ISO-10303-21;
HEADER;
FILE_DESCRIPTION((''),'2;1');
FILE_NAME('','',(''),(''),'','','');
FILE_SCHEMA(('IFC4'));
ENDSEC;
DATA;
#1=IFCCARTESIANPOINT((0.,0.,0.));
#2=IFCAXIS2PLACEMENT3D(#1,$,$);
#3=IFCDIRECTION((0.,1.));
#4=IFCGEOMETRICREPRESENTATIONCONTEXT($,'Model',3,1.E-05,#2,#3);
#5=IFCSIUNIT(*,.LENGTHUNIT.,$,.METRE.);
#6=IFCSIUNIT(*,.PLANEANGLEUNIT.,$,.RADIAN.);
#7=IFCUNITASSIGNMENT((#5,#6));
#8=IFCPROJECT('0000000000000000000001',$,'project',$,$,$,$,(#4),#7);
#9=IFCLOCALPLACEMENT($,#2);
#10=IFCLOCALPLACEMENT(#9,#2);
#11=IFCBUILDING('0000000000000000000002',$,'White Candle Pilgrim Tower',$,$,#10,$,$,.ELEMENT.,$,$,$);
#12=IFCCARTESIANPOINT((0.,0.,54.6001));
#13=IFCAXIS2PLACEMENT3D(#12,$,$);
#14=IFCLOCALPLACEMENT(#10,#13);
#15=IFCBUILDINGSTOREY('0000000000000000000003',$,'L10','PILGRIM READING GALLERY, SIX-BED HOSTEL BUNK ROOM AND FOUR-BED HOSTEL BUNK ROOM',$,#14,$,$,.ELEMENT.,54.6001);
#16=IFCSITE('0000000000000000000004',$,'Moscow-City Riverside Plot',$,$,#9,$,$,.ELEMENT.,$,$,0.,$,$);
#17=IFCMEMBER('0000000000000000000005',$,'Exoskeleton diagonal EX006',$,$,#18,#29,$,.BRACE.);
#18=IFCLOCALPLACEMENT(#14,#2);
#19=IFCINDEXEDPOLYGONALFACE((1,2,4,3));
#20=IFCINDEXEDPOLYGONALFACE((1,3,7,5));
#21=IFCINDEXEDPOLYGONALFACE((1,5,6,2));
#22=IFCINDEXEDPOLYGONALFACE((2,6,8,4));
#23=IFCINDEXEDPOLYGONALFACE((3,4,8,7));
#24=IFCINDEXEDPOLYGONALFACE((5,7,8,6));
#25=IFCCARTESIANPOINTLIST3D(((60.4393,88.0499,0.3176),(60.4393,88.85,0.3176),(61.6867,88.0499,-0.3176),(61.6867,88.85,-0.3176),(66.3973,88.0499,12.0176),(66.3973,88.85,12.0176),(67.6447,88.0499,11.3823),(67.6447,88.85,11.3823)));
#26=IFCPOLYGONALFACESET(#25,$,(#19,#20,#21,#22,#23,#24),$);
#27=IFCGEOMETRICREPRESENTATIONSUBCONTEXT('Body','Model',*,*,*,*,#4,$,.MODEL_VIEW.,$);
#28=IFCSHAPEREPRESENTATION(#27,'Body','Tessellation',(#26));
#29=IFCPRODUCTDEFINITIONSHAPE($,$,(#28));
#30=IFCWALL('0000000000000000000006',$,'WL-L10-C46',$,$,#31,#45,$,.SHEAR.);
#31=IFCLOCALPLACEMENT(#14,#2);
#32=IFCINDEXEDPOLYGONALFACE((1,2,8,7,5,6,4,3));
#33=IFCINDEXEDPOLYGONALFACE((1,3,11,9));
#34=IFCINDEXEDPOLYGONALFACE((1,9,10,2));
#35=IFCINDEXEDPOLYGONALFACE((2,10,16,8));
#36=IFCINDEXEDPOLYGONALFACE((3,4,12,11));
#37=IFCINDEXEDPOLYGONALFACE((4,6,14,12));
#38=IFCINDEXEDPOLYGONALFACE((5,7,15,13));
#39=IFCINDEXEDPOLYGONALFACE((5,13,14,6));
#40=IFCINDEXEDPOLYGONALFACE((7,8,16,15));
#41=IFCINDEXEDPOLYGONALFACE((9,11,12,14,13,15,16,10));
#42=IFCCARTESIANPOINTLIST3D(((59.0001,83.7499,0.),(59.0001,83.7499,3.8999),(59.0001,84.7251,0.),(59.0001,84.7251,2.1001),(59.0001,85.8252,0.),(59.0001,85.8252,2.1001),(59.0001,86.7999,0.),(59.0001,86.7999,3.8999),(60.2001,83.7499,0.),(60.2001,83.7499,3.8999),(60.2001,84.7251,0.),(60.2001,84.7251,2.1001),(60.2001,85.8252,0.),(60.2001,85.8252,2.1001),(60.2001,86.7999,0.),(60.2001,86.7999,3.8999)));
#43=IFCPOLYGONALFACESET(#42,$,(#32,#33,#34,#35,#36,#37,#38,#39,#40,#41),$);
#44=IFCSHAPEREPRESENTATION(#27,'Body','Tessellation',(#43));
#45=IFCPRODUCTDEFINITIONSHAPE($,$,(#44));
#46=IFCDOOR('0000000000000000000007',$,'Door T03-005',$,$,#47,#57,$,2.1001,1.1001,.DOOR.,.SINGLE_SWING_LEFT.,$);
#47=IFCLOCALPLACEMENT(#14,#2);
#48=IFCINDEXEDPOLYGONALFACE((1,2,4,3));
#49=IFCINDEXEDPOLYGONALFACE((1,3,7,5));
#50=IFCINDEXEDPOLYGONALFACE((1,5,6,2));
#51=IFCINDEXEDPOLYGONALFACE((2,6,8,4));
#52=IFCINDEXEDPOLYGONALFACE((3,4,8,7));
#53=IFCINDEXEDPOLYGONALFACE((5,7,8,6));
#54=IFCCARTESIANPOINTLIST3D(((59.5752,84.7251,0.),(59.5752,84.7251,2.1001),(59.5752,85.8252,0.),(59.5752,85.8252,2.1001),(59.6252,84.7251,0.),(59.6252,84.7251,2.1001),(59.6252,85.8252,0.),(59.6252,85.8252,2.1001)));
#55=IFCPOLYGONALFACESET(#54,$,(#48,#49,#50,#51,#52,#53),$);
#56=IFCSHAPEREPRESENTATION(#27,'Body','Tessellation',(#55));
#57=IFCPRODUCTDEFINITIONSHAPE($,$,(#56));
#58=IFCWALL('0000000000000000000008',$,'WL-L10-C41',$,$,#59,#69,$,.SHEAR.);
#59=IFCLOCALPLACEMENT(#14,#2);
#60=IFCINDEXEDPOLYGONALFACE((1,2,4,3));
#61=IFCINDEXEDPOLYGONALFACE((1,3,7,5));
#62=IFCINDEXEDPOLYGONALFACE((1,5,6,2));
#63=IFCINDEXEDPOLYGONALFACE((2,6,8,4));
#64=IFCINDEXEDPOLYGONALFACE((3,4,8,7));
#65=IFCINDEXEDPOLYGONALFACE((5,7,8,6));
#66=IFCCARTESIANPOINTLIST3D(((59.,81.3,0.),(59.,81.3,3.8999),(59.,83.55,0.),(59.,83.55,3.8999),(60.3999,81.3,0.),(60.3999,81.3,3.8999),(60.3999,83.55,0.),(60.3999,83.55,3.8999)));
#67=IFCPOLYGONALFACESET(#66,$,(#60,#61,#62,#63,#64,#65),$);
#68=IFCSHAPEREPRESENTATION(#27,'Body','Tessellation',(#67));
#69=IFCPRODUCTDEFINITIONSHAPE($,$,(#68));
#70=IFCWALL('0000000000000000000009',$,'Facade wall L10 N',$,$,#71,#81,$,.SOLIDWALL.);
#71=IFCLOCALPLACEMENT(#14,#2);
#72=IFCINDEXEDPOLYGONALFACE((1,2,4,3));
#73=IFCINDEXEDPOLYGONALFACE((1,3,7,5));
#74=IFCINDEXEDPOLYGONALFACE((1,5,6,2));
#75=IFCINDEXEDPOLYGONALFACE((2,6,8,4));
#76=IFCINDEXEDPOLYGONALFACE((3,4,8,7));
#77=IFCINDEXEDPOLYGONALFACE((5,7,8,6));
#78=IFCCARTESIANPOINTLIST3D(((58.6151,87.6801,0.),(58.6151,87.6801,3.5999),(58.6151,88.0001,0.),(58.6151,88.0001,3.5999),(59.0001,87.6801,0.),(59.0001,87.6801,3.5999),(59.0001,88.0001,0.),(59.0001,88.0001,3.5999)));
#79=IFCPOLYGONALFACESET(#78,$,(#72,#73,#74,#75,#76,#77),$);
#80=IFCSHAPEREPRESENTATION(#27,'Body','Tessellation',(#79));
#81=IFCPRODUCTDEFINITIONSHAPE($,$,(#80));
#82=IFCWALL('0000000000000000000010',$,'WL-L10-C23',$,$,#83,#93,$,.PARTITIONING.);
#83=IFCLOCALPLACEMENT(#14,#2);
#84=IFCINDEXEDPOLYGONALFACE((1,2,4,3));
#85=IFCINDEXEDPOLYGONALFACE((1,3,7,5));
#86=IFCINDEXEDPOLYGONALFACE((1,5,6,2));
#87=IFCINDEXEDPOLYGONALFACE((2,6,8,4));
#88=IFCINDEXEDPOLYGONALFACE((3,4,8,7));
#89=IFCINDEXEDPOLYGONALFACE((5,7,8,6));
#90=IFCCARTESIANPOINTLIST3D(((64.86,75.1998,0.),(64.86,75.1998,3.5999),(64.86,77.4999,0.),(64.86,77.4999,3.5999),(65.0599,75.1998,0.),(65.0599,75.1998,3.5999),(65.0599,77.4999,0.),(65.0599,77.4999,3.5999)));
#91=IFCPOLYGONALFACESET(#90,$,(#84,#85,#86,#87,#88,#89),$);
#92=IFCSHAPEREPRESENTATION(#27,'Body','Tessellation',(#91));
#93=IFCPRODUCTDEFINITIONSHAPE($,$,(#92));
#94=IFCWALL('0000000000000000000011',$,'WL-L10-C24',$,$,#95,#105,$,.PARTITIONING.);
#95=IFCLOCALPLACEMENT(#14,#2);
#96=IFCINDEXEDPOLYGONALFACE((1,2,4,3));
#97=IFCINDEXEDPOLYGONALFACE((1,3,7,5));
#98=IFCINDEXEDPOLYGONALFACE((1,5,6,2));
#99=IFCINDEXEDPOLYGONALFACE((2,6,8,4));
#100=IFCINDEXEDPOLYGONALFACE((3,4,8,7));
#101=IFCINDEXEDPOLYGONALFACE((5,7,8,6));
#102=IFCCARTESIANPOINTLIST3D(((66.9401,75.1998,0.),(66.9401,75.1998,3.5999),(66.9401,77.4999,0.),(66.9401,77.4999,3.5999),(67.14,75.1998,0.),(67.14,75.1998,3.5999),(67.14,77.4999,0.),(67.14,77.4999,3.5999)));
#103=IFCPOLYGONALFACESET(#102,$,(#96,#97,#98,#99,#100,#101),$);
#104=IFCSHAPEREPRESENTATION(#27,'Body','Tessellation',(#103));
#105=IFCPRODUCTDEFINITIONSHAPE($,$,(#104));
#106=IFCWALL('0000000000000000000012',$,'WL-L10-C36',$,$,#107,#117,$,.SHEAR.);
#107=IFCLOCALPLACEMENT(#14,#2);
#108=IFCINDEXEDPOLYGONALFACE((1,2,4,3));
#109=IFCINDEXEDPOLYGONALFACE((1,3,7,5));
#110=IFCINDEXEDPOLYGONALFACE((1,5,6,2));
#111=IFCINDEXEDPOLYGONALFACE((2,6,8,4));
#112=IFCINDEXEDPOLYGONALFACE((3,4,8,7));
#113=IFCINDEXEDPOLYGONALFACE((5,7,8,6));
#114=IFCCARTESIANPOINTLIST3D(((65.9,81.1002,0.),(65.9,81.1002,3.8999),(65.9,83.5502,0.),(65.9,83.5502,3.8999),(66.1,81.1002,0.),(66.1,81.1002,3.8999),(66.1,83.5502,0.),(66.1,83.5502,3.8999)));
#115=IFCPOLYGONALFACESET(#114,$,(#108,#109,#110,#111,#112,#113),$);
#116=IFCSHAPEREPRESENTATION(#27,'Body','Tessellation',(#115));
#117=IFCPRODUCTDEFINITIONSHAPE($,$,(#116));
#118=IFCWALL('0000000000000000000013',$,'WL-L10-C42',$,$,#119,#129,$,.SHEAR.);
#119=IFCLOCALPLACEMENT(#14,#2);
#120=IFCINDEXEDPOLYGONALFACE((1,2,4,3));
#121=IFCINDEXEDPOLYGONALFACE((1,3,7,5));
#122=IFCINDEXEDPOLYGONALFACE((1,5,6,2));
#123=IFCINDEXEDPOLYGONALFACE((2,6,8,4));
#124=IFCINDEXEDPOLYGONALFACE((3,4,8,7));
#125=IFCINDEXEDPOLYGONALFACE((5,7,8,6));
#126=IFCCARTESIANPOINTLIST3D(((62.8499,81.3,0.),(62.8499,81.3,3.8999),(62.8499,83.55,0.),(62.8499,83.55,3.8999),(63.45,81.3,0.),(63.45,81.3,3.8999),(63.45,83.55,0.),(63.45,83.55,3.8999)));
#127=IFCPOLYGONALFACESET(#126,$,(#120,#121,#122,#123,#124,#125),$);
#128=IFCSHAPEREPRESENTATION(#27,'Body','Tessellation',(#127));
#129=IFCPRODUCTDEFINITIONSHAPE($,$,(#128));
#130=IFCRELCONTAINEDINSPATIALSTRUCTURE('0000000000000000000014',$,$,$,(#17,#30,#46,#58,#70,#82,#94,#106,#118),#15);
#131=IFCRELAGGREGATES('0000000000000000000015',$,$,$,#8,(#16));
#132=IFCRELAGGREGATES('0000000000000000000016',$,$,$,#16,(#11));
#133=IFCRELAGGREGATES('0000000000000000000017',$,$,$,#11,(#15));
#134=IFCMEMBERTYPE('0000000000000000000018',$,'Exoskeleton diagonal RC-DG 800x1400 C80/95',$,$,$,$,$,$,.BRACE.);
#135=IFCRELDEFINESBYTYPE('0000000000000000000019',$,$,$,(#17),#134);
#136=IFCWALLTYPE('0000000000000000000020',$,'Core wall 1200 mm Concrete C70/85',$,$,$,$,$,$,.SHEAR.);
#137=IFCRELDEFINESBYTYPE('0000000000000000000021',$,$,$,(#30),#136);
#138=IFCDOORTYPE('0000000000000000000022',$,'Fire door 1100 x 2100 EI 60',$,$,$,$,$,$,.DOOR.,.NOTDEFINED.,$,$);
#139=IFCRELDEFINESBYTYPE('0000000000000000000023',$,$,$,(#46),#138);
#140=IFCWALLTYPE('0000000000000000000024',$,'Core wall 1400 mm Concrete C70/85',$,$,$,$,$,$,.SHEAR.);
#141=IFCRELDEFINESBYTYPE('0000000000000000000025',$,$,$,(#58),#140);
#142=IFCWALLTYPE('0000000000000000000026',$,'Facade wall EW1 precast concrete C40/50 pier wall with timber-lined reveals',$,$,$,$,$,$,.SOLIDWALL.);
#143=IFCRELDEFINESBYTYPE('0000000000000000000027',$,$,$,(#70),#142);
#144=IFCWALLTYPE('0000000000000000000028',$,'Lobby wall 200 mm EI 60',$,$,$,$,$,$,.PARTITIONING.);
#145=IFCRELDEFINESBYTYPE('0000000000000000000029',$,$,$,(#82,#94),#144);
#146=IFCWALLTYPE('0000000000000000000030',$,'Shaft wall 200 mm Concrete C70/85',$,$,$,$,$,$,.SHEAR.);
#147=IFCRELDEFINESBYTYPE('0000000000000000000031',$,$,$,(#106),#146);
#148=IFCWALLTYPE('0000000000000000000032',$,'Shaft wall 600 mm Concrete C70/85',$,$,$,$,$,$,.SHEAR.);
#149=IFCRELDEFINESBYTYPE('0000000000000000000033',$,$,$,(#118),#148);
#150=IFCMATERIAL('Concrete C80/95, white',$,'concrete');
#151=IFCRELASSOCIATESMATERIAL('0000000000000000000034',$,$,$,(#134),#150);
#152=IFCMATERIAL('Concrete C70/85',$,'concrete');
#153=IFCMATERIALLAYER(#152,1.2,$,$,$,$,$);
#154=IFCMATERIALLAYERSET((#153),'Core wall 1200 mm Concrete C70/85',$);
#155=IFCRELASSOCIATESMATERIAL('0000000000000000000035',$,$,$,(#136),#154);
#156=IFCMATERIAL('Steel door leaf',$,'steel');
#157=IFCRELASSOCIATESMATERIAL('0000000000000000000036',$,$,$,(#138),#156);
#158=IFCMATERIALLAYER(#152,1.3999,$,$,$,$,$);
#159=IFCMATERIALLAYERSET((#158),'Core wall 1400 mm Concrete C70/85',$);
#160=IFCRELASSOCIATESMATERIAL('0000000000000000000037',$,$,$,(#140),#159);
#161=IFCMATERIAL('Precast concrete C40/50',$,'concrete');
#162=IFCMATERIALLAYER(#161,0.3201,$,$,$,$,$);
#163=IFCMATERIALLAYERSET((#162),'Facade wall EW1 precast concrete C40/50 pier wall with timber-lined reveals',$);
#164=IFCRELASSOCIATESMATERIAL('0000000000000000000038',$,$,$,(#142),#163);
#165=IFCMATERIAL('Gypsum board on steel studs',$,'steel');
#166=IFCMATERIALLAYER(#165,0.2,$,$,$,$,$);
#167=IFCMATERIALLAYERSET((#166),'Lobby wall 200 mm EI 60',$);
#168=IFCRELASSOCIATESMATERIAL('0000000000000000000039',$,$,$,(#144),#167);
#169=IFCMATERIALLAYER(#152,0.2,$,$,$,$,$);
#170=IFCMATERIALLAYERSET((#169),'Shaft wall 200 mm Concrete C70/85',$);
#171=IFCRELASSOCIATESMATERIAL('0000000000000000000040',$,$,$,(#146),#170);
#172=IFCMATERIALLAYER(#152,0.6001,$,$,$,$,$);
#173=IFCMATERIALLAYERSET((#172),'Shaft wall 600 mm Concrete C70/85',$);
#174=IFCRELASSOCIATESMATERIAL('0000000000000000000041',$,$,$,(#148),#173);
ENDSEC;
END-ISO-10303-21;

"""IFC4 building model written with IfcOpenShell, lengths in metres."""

from ifc_helpers import new_model, si_unit, direction, frame, frame_2d, origin, origin_2d, place, context, subcontext, project, spatial, rectangle, extrude, material, layer, layer_set, material_profile, profile_set, type_object, element, fill, save


model = new_model("IFC4")

# Units and contexts
model_context = context("Model", 3, precision=1e-05, world=origin(), true_north=direction((0.0, 1.0)))
body_context = subcontext(model_context, "Body", "Model", "MODEL_VIEW")
ifc_project = project(units=[si_unit("LENGTHUNIT", "METRE"), si_unit("PLANEANGLEUNIT", "RADIAN")], contexts=[model_context])

# Site, building, storey
site_placement = place(None, origin())
site = spatial("IfcSite", under=ifc_project, at=site_placement, Name="Moscow-City Riverside Plot", CompositionType="ELEMENT", RefElevation=0.0)
building_placement = place(site_placement, origin())
building = spatial("IfcBuilding", under=site, at=building_placement, Name="White Candle Pilgrim Tower", CompositionType="ELEMENT")
storey_placement = place(building_placement, frame((0.0, 0.0, 54.6001)))
storey = spatial("IfcBuildingStorey", under=building, at=storey_placement, Name="L10", Description="PILGRIM READING GALLERY, SIX-BED HOSTEL BUNK ROOM AND FOUR-BED HOSTEL BUNK ROOM", CompositionType="ELEMENT", Elevation=54.6001)

# Member
ifc_material_1 = material(Name="Concrete C80/95, white", Category="concrete")
ifc_material_profile = material_profile(ifc_material_1, rectangle(XDim=0.8, YDim=1.3999, at=origin_2d()), Name="RC-DG 800x1400")
ifc_profile_set = profile_set([ifc_material_profile], Name="Concrete C80/95, white")
member_type = type_object("IfcMemberType", Name="Exoskeleton diagonal RC-DG 800x1400 C80/95", PredefinedType="BRACE", material=ifc_profile_set)
member_placement = place(storey_placement, frame((61.063, 88.45, 0.0), z_axis=(0.453784, 0.0, 0.891112), x_axis=(0.0, 1.0, 0.0)))
element("IfcMember", 1, at=member_placement, inside=storey, type_object=member_type, Name="Exoskeleton diagonal EX006", PredefinedType="BRACE", context=body_context, shape_type="SweptSolid", body=[
    extrude(rectangle(XDim=0.8, YDim=1.3999, at=origin_2d()), origin(), (0.0, 0.0, 1.0), 13.1296),
])

# Wall, opening, door
ifc_material_2 = material(Name="Concrete C70/85", Category="concrete")
ifc_layer_1 = layer(ifc_material_2, 1.2)
ifc_layer_set_1 = layer_set([ifc_layer_1], Name="Core wall 1200 mm Concrete C70/85")
wall_type_1 = type_object("IfcWallType", Name="Core wall 1200 mm Concrete C70/85", PredefinedType="SHEAR", material=ifc_layer_set_1)
wall_1_placement = place(storey_placement, frame((59.6001, 83.75, 0.0), z_axis=(0.0, 0.0, 1.0), x_axis=(0.0, 1.0, 0.0)))
wall_1 = element("IfcWall", 2, at=wall_1_placement, inside=storey, type_object=wall_type_1, Name="WL-L10-C46", PredefinedType="SHEAR", context=body_context, shape_type="SweptSolid", body=[
    extrude(rectangle(XDim=3.05, YDim=1.2, at=frame_2d((1.5249, 0.0))), origin(), (0.0, 0.0, 1.0), 3.8999),
])
opening_1_placement = place(wall_1_placement, frame((0.9751, 0.0, 0.0)))
opening_1 = element("IfcOpeningElement", 3, at=opening_1_placement, cuts=wall_1, PredefinedType="OPENING", context=body_context, shape_type="SweptSolid", body=[
    extrude(rectangle(XDim=1.1001, YDim=2.1001, at=frame_2d((0.55, 1.05))), frame((0.0, 0.6099, 0.0), z_axis=(0.0, -1.0, 0.0), x_axis=(1.0, 0.0, 0.0)), (0.0, 0.0, 1.0), 1.22),
])
ifc_material_3 = material(Name="Steel door leaf", Category="steel")
door_type_1 = type_object("IfcDoorType", Name="Fire door 1100 x 2100 EI 60", OperationType="NOTDEFINED", PredefinedType="DOOR", material=ifc_material_3)
door_1_placement = place(opening_1_placement, origin())
door_1 = element("IfcDoor", 4, at=door_1_placement, inside=storey, type_object=door_type_1, Name="Door T03-005", OperationType="SINGLE_SWING_LEFT", OverallHeight=2.1001, OverallWidth=1.1001, PredefinedType="DOOR", context=body_context, shape_type="SweptSolid", body=[
    extrude(rectangle(XDim=1.1001, YDim=2.1001, at=frame_2d((0.55, 1.05))), frame((0.0, 0.0249, 0.0), z_axis=(0.0, -1.0, 0.0), x_axis=(1.0, 0.0, 0.0)), (0.0, 0.0, 1.0), 0.05),
])
fill(opening_1, door_1)

# Walls
ifc_layer_2 = layer(ifc_material_2, 1.3999)
ifc_layer_set_2 = layer_set([ifc_layer_2], Name="Core wall 1400 mm Concrete C70/85")
wall_type_2 = type_object("IfcWallType", Name="Core wall 1400 mm Concrete C70/85", PredefinedType="SHEAR", material=ifc_layer_set_2)
wall_2_placement = place(storey_placement, frame((59.7, 81.3, 0.0), z_axis=(0.0, 0.0, 1.0), x_axis=(0.0, 1.0, 0.0)))
element("IfcWall", 5, at=wall_2_placement, inside=storey, type_object=wall_type_2, Name="WL-L10-C41", PredefinedType="SHEAR", context=body_context, shape_type="SweptSolid", body=[
    extrude(rectangle(XDim=2.25, YDim=1.3999, at=frame_2d((1.125, 0.0))), origin(), (0.0, 0.0, 1.0), 3.8999),
])
ifc_material_4 = material(Name="Precast concrete C40/50", Category="concrete")
ifc_layer_3 = layer(ifc_material_4, 0.3201)
ifc_layer_set_3 = layer_set([ifc_layer_3], Name="Facade wall EW1 precast concrete C40/50 pier wall with timber-lined reveals")
wall_type_3 = type_object("IfcWallType", Name="Facade wall EW1 precast concrete C40/50 pier wall with timber-lined reveals", PredefinedType="SOLIDWALL", material=ifc_layer_set_3)
wall_3_placement = place(storey_placement, frame((59.0, 87.8401, 0.0), z_axis=(0.0, 0.0, 1.0), x_axis=(-1.0, 0.0, 0.0)))
element("IfcWall", 6, at=wall_3_placement, inside=storey, type_object=wall_type_3, Name="Facade wall L10 N", PredefinedType="SOLIDWALL", context=body_context, shape_type="SweptSolid", body=[
    extrude(rectangle(XDim=0.385, YDim=0.3201, at=frame_2d((0.1924, 0.0))), origin(), (0.0, 0.0, 1.0), 3.5999),
])
ifc_material_5 = material(Name="Gypsum board on steel studs", Category="steel")
ifc_layer_4 = layer(ifc_material_5, 0.2)
ifc_layer_set_4 = layer_set([ifc_layer_4], Name="Lobby wall 200 mm EI 60")
wall_type_4 = type_object("IfcWallType", Name="Lobby wall 200 mm EI 60", PredefinedType="PARTITIONING", material=ifc_layer_set_4)
for number, where, z_axis, x_axis, name in (
    (7, (64.96, 75.2, 0.0), (0.0, 0.0, 1.0), (0.0, 1.0, 0.0), "WL-L10-C23"),
    (8, (67.04, 75.2, 0.0), (0.0, 0.0, 1.0), (0.0, 1.0, 0.0), "WL-L10-C24"),
):
    element("IfcWall", number, at=place(storey_placement, frame(where, z_axis=z_axis, x_axis=x_axis)), inside=storey, type_object=wall_type_4, Name=name, PredefinedType="PARTITIONING", context=body_context, shape_type="SweptSolid", body=[
        extrude(rectangle(XDim=2.3, YDim=0.2, at=frame_2d((1.1499, 0.0))), origin(), (0.0, 0.0, 1.0), 3.5999),
    ])
ifc_layer_5 = layer(ifc_material_2, 0.2)
ifc_layer_set_5 = layer_set([ifc_layer_5], Name="Shaft wall 200 mm Concrete C70/85")
wall_type_5 = type_object("IfcWallType", Name="Shaft wall 200 mm Concrete C70/85", PredefinedType="SHEAR", material=ifc_layer_set_5)
wall_4_placement = place(storey_placement, frame((66.0, 81.1001, 0.0), z_axis=(0.0, 0.0, 1.0), x_axis=(0.0, 1.0, 0.0)))
element("IfcWall", 9, at=wall_4_placement, inside=storey, type_object=wall_type_5, Name="WL-L10-C36", PredefinedType="SHEAR", context=body_context, shape_type="SweptSolid", body=[
    extrude(rectangle(XDim=2.45, YDim=0.2, at=frame_2d((1.2251, 0.0))), origin(), (0.0, 0.0, 1.0), 3.8999),
])
ifc_layer_6 = layer(ifc_material_2, 0.6001)
ifc_layer_set_6 = layer_set([ifc_layer_6], Name="Shaft wall 600 mm Concrete C70/85")
wall_type_6 = type_object("IfcWallType", Name="Shaft wall 600 mm Concrete C70/85", PredefinedType="SHEAR", material=ifc_layer_set_6)
wall_5_placement = place(storey_placement, frame((63.1499, 81.3, 0.0), z_axis=(0.0, 0.0, 1.0), x_axis=(0.0, 1.0, 0.0)))
element("IfcWall", 10, at=wall_5_placement, inside=storey, type_object=wall_type_6, Name="WL-L10-C42", PredefinedType="SHEAR", context=body_context, shape_type="SweptSolid", body=[
    extrude(rectangle(XDim=2.25, YDim=0.6001, at=frame_2d((1.125, 0.0))), origin(), (0.0, 0.0, 1.0), 3.8999),
])

save(model, "model.ifc")
